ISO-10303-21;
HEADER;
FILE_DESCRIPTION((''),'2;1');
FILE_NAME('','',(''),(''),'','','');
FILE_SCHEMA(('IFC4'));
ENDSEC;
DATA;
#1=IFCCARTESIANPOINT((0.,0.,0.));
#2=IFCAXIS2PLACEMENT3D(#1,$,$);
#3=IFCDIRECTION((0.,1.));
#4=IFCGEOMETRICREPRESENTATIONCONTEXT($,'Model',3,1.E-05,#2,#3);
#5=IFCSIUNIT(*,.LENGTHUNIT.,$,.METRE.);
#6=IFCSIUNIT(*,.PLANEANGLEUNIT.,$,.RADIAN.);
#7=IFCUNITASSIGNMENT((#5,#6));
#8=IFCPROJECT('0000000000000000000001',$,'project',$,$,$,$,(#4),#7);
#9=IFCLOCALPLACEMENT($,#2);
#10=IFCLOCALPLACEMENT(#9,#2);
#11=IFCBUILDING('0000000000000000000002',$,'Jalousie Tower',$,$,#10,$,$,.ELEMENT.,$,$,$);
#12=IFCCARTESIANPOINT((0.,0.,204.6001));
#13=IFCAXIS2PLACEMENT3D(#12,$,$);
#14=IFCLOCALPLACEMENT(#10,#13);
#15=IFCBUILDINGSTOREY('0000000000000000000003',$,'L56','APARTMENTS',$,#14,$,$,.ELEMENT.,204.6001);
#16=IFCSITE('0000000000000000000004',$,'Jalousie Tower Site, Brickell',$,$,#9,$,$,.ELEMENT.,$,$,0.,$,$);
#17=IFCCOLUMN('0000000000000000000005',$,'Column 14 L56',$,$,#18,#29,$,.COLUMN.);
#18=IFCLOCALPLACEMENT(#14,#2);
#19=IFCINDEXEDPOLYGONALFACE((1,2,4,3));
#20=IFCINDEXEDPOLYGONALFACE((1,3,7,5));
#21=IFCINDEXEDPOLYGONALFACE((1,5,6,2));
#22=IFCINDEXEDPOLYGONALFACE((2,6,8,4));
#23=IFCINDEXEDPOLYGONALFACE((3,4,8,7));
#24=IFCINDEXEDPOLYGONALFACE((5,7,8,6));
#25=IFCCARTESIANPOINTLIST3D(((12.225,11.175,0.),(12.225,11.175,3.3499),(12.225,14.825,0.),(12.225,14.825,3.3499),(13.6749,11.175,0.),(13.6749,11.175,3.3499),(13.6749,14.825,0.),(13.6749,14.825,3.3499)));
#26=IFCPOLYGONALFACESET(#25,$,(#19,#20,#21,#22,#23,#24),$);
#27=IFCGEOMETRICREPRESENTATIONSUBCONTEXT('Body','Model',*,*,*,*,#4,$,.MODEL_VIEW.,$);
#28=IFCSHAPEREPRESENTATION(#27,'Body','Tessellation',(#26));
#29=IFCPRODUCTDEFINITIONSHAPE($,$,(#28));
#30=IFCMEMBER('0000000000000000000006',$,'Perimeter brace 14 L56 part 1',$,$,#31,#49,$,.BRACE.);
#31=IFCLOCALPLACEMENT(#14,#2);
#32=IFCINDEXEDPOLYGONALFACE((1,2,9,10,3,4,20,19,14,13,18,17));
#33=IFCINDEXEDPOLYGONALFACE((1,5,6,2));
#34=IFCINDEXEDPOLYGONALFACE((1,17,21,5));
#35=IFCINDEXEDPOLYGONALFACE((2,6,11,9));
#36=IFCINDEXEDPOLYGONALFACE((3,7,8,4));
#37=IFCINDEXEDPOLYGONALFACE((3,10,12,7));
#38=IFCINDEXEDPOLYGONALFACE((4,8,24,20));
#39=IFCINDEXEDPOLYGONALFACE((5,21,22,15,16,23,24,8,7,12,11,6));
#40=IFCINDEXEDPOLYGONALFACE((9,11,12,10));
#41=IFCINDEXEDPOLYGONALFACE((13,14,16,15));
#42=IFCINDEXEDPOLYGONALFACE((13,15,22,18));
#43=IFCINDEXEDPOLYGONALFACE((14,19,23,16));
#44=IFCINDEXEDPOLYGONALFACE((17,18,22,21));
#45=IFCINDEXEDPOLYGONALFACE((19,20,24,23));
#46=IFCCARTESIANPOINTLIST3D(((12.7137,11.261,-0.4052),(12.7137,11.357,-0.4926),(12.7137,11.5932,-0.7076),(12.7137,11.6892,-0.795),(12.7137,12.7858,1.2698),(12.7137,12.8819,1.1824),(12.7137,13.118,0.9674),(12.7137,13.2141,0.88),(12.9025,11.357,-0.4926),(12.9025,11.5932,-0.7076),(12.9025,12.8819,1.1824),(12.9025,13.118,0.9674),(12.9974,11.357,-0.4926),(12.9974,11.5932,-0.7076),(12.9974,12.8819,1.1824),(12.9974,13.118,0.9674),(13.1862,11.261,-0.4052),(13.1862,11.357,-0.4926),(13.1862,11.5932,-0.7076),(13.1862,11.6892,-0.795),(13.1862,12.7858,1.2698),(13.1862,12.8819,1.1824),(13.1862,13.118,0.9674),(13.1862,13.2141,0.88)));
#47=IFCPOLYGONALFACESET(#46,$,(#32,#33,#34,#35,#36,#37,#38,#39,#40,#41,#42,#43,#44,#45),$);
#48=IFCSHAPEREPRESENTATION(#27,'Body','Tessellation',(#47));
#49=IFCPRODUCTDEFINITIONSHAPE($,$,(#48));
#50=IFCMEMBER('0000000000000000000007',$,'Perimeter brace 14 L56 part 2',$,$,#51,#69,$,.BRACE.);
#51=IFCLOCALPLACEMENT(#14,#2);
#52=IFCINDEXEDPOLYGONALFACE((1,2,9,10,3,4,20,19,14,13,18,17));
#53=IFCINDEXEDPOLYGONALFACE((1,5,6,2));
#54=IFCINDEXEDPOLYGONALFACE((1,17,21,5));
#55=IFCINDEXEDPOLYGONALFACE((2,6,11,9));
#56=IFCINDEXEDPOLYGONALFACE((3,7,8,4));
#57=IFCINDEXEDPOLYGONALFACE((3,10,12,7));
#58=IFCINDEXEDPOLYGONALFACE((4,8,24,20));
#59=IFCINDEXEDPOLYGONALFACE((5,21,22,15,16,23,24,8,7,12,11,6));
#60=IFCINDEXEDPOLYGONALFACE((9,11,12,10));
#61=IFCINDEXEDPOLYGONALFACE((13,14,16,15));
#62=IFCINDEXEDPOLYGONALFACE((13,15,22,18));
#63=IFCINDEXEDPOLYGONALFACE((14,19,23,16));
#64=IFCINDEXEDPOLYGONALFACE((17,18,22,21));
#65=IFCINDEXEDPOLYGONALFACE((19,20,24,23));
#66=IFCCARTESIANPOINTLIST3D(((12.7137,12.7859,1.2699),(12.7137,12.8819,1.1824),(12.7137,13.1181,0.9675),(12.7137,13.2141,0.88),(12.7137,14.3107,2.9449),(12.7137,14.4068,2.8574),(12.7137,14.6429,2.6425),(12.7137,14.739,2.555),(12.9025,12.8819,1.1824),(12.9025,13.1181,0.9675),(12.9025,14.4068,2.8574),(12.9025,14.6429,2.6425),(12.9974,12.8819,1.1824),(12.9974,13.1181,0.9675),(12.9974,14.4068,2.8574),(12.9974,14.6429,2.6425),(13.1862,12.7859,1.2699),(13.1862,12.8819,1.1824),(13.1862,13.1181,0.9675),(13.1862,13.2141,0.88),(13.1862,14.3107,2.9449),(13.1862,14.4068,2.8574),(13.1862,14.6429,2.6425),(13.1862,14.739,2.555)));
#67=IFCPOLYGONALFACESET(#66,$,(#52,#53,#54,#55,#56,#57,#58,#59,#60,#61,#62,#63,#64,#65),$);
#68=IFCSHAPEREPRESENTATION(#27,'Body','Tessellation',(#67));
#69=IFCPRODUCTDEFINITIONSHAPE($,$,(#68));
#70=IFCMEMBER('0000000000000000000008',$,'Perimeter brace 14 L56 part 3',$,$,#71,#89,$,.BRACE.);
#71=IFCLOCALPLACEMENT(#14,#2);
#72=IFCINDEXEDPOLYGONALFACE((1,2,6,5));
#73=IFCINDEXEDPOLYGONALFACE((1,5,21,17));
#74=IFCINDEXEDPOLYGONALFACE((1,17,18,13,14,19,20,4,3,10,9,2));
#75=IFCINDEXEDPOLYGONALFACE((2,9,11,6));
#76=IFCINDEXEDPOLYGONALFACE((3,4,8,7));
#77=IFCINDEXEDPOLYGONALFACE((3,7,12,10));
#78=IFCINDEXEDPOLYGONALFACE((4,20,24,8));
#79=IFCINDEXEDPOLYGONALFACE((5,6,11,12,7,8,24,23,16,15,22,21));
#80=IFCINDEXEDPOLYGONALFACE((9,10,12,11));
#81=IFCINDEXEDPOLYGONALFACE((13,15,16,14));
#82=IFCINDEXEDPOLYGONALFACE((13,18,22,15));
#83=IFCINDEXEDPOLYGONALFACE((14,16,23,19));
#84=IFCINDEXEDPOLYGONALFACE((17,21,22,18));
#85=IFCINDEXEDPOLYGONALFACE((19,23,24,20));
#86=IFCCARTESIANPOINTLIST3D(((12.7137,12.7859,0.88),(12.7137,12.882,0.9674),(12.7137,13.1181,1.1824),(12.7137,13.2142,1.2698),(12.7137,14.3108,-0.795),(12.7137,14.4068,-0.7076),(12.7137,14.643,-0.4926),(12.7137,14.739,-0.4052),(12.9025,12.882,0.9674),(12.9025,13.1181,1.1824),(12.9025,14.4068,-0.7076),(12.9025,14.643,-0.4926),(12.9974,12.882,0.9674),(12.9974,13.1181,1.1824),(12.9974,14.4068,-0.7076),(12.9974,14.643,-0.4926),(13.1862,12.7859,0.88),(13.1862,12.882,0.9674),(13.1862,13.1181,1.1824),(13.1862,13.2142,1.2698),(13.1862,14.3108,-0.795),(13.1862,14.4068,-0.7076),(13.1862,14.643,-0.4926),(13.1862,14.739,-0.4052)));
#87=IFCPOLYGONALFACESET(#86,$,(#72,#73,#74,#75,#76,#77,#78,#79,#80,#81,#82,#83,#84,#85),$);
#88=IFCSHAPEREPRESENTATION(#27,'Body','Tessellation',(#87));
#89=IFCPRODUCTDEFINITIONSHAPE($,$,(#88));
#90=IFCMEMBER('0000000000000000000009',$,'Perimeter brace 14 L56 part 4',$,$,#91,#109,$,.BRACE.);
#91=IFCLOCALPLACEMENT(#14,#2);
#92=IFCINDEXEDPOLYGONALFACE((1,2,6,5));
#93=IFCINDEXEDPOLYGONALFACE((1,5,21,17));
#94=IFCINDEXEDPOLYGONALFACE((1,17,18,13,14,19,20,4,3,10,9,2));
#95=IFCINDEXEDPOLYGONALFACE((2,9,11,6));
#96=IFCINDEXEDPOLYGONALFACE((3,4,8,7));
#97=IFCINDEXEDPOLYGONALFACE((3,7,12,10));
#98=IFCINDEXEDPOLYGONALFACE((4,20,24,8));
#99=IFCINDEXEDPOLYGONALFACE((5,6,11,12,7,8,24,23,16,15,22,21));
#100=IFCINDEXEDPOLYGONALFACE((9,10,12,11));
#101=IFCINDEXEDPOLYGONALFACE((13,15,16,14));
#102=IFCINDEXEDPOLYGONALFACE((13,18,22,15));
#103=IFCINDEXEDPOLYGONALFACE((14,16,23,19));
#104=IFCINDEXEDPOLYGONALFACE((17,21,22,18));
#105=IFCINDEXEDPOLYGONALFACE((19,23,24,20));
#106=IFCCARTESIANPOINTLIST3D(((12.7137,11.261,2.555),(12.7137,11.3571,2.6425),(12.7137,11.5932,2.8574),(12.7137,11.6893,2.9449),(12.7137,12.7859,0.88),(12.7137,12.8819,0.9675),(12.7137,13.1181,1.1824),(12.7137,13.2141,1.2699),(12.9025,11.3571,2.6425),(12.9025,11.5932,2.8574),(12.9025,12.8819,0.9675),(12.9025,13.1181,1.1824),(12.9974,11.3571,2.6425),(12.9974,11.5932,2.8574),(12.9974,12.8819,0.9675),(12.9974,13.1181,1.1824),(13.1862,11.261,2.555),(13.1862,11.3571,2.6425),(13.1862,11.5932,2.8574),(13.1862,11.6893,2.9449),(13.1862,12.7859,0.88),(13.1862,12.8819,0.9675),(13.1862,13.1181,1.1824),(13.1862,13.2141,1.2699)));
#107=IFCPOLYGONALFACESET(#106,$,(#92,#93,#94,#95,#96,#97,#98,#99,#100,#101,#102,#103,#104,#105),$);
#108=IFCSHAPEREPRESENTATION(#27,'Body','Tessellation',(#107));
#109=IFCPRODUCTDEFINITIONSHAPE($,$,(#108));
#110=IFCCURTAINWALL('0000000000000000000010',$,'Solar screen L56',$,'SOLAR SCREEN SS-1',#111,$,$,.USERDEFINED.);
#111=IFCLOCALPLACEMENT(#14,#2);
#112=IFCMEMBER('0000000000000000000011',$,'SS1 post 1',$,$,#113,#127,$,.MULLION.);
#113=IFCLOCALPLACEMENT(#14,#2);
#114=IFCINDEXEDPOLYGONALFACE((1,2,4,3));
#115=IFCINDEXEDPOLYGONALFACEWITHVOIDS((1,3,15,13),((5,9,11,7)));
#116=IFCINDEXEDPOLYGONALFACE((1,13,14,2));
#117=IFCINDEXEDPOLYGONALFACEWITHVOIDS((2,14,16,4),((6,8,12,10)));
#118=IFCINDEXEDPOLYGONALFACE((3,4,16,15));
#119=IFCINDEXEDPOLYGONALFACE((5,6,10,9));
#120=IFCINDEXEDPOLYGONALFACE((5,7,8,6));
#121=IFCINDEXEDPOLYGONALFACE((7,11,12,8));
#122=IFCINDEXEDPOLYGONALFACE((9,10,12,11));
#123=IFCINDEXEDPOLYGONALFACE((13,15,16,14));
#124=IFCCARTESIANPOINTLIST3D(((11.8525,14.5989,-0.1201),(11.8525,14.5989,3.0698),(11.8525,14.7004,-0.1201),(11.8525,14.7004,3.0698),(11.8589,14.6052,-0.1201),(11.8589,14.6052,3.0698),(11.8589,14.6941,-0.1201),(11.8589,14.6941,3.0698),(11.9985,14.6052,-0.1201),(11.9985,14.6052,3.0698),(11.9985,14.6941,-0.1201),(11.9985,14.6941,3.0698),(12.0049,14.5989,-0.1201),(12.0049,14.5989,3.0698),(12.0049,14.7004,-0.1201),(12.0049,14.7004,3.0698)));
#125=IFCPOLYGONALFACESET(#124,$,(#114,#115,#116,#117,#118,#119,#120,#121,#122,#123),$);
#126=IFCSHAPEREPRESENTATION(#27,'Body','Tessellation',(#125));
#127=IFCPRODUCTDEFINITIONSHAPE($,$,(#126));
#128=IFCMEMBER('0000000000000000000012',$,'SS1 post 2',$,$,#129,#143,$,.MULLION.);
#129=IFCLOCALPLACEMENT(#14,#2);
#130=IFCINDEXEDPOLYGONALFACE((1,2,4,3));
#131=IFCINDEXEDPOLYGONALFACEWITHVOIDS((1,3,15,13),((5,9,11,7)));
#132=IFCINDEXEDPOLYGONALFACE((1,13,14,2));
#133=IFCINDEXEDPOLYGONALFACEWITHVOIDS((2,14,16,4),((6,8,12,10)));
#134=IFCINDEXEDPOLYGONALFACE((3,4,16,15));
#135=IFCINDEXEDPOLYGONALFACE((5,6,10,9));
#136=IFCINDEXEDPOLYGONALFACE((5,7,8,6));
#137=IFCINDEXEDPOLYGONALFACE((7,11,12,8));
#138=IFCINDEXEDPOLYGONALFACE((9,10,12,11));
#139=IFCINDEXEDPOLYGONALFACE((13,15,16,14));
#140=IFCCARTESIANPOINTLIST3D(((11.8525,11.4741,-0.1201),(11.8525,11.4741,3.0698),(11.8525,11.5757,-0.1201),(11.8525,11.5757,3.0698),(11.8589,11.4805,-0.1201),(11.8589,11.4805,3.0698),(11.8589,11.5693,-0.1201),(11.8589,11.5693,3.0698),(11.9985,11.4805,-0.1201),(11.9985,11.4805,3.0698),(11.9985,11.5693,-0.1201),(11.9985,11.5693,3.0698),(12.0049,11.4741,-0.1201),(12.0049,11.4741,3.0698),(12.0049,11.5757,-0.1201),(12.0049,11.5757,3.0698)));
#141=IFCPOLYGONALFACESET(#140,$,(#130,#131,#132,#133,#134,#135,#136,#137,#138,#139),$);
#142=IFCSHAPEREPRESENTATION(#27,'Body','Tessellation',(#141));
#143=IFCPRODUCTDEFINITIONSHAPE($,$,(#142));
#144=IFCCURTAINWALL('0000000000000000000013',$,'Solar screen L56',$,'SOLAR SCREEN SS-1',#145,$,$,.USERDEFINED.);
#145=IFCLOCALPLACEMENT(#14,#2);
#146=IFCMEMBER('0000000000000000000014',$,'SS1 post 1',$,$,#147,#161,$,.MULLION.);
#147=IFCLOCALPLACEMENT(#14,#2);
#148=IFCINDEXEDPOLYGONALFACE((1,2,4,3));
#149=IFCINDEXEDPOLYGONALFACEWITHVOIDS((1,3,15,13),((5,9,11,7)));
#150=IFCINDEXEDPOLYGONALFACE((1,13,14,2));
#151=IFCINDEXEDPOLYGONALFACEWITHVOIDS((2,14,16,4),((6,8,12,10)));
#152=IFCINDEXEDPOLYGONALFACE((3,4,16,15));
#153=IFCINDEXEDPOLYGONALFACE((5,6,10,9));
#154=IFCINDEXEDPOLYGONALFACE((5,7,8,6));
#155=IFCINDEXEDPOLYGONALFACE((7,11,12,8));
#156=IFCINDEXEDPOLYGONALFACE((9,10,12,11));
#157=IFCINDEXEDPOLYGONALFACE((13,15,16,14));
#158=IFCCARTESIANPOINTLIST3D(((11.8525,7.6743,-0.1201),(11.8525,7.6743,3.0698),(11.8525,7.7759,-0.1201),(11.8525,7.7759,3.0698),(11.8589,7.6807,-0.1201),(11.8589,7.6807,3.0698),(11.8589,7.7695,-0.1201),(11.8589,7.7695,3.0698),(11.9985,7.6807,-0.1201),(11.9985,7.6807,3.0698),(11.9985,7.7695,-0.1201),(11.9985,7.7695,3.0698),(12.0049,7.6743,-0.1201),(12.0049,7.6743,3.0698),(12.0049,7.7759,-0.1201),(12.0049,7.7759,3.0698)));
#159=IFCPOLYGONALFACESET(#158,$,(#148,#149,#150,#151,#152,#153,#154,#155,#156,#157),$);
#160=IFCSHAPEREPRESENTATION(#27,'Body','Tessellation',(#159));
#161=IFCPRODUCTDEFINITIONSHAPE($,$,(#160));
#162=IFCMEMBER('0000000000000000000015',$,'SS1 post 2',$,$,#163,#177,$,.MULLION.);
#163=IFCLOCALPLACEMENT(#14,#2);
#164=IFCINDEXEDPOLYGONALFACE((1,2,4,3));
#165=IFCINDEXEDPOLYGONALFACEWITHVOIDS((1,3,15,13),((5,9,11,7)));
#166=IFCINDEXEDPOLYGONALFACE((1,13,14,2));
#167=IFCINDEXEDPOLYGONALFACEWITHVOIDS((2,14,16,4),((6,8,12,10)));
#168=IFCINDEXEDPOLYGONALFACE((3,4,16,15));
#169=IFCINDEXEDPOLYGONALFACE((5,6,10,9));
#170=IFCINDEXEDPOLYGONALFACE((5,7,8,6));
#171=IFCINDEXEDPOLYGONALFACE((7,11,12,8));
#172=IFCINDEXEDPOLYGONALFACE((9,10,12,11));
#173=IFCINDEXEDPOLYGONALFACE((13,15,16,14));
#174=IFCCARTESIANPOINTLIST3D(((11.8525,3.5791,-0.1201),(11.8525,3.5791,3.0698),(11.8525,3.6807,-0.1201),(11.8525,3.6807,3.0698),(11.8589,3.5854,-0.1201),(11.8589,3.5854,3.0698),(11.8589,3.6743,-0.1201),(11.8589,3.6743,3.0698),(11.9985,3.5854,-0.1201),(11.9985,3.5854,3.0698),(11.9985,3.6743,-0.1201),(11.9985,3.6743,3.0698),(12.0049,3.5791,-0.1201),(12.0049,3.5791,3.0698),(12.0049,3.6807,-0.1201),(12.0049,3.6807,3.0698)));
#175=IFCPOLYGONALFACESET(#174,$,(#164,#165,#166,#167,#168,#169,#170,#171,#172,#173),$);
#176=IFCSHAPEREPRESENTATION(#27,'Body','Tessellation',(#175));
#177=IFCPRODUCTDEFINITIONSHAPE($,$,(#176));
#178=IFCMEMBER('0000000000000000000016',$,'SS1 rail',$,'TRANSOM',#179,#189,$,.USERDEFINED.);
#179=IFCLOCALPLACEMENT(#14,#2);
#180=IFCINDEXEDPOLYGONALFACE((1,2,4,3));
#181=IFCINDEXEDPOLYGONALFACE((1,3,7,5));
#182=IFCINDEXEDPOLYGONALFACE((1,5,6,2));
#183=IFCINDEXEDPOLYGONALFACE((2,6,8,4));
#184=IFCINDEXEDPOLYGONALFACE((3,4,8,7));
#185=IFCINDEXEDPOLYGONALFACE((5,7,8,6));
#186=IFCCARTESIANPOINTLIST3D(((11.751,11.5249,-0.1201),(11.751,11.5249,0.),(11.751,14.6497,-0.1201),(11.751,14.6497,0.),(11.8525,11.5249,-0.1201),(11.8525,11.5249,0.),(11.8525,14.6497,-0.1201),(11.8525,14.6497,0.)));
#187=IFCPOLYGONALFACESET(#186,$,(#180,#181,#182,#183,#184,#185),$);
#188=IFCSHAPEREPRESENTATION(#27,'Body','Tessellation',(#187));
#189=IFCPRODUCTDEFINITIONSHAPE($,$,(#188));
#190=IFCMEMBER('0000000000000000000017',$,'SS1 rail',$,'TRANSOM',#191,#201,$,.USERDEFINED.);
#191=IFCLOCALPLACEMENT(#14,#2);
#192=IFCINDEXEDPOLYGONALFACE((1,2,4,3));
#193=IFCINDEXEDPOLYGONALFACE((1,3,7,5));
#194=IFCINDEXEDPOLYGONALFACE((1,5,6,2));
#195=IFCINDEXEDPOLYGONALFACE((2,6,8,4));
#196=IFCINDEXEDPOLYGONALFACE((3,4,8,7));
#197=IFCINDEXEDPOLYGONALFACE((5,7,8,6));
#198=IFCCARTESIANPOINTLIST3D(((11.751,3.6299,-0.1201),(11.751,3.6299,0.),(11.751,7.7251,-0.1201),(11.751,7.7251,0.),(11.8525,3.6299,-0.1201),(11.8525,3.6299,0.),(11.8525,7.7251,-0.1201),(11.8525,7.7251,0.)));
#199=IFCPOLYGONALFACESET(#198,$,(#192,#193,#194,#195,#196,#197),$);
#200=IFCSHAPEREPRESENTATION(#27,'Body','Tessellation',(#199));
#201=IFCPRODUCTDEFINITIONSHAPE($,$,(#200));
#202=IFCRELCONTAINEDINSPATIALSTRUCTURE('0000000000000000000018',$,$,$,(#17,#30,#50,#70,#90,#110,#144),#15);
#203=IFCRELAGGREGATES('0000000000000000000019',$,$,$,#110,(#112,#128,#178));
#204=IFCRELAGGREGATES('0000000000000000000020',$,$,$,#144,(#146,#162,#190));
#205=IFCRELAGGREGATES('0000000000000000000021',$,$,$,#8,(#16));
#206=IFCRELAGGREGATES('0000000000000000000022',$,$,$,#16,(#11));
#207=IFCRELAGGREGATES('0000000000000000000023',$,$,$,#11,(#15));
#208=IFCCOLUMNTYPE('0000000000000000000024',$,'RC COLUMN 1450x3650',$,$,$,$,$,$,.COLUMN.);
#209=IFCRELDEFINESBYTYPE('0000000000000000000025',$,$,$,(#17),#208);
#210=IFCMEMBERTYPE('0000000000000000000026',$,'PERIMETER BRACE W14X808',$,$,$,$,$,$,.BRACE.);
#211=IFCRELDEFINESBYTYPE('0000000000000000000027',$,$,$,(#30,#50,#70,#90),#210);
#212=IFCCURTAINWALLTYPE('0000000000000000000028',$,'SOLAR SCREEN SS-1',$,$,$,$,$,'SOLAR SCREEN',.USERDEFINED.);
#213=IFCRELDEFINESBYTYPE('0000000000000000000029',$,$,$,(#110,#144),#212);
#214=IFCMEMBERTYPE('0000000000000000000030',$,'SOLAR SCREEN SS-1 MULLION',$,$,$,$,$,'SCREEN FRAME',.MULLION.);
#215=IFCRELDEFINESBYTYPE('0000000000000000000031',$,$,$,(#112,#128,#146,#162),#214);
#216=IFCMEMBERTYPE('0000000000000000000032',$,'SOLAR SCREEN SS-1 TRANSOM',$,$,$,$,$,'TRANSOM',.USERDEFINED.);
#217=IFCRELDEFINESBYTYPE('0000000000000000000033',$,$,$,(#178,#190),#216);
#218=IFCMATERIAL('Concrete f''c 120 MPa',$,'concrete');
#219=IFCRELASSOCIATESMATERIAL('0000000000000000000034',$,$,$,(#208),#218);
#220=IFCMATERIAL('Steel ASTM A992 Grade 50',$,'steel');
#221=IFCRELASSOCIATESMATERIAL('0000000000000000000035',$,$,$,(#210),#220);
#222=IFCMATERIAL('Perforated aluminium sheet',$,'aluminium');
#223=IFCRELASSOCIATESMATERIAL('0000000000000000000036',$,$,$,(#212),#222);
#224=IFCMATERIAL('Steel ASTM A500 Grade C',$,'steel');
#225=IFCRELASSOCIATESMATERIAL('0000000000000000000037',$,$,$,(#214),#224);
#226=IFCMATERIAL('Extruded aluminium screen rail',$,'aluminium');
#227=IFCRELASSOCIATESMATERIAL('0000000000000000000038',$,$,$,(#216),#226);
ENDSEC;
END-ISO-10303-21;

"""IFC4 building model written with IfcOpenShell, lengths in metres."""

from ifc_helpers import new_model, si_unit, direction, frame, origin, origin_2d, place, context, subcontext, project, spatial, rectangle, hollow_rectangle, i_section, extrude, material, material_profile, profile_set, type_object, element, aggregate, save


model = new_model("IFC4")

# Units and contexts
model_context = context("Model", 3, precision=1e-05, world=origin(), true_north=direction((0.0, 1.0)))
body_context = subcontext(model_context, "Body", "Model", "MODEL_VIEW")
ifc_project = project(units=[si_unit("LENGTHUNIT", "METRE"), si_unit("PLANEANGLEUNIT", "RADIAN")], contexts=[model_context])

# Site, building, storey
site_placement = place(None, origin())
site = spatial("IfcSite", under=ifc_project, at=site_placement, Name="Jalousie Tower Site, Brickell", CompositionType="ELEMENT", RefElevation=0.0)
building_placement = place(site_placement, origin())
building = spatial("IfcBuilding", under=site, at=building_placement, Name="Jalousie Tower", CompositionType="ELEMENT")
storey_placement = place(building_placement, frame((0.0, 0.0, 204.6001)))
storey = spatial("IfcBuildingStorey", under=building, at=storey_placement, Name="L56", Description="APARTMENTS", CompositionType="ELEMENT", Elevation=204.6001)

# Column
ifc_material_1 = material(Name="Concrete f'c 120 MPa", Category="concrete")
ifc_material_profile_1 = material_profile(ifc_material_1, rectangle(XDim=1.45, YDim=3.6499, at=origin_2d()), Name="RC 1450x3650")
ifc_profile_set_1 = profile_set([ifc_material_profile_1], Name="Concrete f'c 120 MPa")
column_type = type_object("IfcColumnType", Name="RC COLUMN 1450x3650", PredefinedType="COLUMN", material=ifc_profile_set_1)
column_placement = place(storey_placement, frame((12.95, 13.0, 0.0), z_axis=(0.0, 0.0, 1.0), x_axis=(1.0, 0.0, 0.0)))
element("IfcColumn", 1, at=column_placement, inside=storey, type_object=column_type, Name="Column 14 L56", PredefinedType="COLUMN", context=body_context, shape_type="SweptSolid", body=[
    extrude(rectangle(XDim=1.45, YDim=3.6499, at=origin_2d()), origin(), (0.0, 0.0, 1.0), 3.3499),
])

# Members
ifc_material_2 = material(Name="Steel ASTM A992 Grade 50", Category="steel")
ifc_material_profile_2 = material_profile(ifc_material_2, i_section(OverallWidth=0.4724, OverallDepth=0.5791, WebThickness=0.095, FlangeThickness=0.1299, at=origin_2d()), Name="W14X808")
ifc_profile_set_2 = profile_set([ifc_material_profile_2], Name="Steel ASTM A992 Grade 50")
member_type_1 = type_object("IfcMemberType", Name="PERIMETER BRACE W14X808", PredefinedType="BRACE", material=ifc_profile_set_2)
for number, where, z_axis, x_axis, name in (
    (2, (12.95, 11.4751, -0.6001), (0.0, 0.673188, 0.739472), (-1.0, 0.0, 0.0), "Perimeter brace 14 L56 part 1"),
    (3, (12.95, 13.0, 1.075), (0.0, 0.673188, 0.739472), (-1.0, 0.0, 0.0), "Perimeter brace 14 L56 part 2"),
    (4, (12.95, 14.5249, -0.6001), (0.0, -0.673188, 0.739472), (1.0, 0.0, 0.0), "Perimeter brace 14 L56 part 3"),
    (5, (12.95, 13.0, 1.075), (0.0, -0.673188, 0.739472), (1.0, 0.0, 0.0), "Perimeter brace 14 L56 part 4"),
):
    element("IfcMember", number, at=place(storey_placement, frame(where, z_axis=z_axis, x_axis=x_axis)), inside=storey, type_object=member_type_1, Name=name, PredefinedType="BRACE", context=body_context, shape_type="SweptSolid", body=[
        extrude(i_section(OverallWidth=0.4724, OverallDepth=0.5791, WebThickness=0.095, FlangeThickness=0.1299, at=origin_2d()), origin(), (0.0, 0.0, 1.0), 2.2651),
    ])

# Curtain walls, members
ifc_material_3 = material(Name="Perforated aluminium sheet", Category="aluminium")
curtain_wall_type = type_object("IfcCurtainWallType", Name="SOLAR SCREEN SS-1", ElementType="SOLAR SCREEN", PredefinedType="USERDEFINED", material=ifc_material_3)
curtain_wall_1_placement = place(storey_placement, origin())
curtain_wall_1 = element("IfcCurtainWall", 6, at=curtain_wall_1_placement, inside=storey, type_object=curtain_wall_type, Name="Solar screen L56", ObjectType="SOLAR SCREEN SS-1", PredefinedType="USERDEFINED")
ifc_material_4 = material(Name="Steel ASTM A500 Grade C", Category="steel")
ifc_material_profile_3 = material_profile(ifc_material_4, hollow_rectangle(XDim=0.1016, YDim=0.1523, WallThickness=0.0063, at=origin_2d()), Name="HSS6X4X1/4")
ifc_profile_set_3 = profile_set([ifc_material_profile_3], Name="Steel ASTM A500 Grade C")
member_type_2 = type_object("IfcMemberType", Name="SOLAR SCREEN SS-1 MULLION", ElementType="SCREEN FRAME", PredefinedType="MULLION", material=ifc_profile_set_3)
member_1_placement = place(storey_placement, frame((11.9287, 14.6497, -0.1201), z_axis=(0.0, 0.0, 1.0), x_axis=(0.0, -1.0, 0.0)))
member_1 = element("IfcMember", 7, at=member_1_placement, type_object=member_type_2, Name="SS1 post 1", PredefinedType="MULLION", context=body_context, shape_type="SweptSolid", body=[
    extrude(hollow_rectangle(XDim=0.1016, YDim=0.1523, WallThickness=0.0063, at=origin_2d()), origin(), (0.0, 0.0, 1.0), 3.1899),
])
member_2_placement = place(storey_placement, frame((11.9287, 11.5249, -0.1201), z_axis=(0.0, 0.0, 1.0), x_axis=(0.0, -1.0, 0.0)))
member_2 = element("IfcMember", 8, at=member_2_placement, type_object=member_type_2, Name="SS1 post 2", PredefinedType="MULLION", context=body_context, shape_type="SweptSolid", body=[
    extrude(hollow_rectangle(XDim=0.1016, YDim=0.1523, WallThickness=0.0063, at=origin_2d()), origin(), (0.0, 0.0, 1.0), 3.1899),
])
curtain_wall_2_placement = place(storey_placement, origin())
curtain_wall_2 = element("IfcCurtainWall", 9, at=curtain_wall_2_placement, inside=storey, type_object=curtain_wall_type, Name="Solar screen L56", ObjectType="SOLAR SCREEN SS-1", PredefinedType="USERDEFINED")
member_3_placement = place(storey_placement, frame((11.9287, 7.7251, -0.1201), z_axis=(0.0, 0.0, 1.0), x_axis=(0.0, -1.0, 0.0)))
member_3 = element("IfcMember", 10, at=member_3_placement, type_object=member_type_2, Name="SS1 post 1", PredefinedType="MULLION", context=body_context, shape_type="SweptSolid", body=[
    extrude(hollow_rectangle(XDim=0.1016, YDim=0.1523, WallThickness=0.0063, at=origin_2d()), origin(), (0.0, 0.0, 1.0), 3.1899),
])
member_4_placement = place(storey_placement, frame((11.9287, 3.6299, -0.1201), z_axis=(0.0, 0.0, 1.0), x_axis=(0.0, -1.0, 0.0)))
member_4 = element("IfcMember", 11, at=member_4_placement, type_object=member_type_2, Name="SS1 post 2", PredefinedType="MULLION", context=body_context, shape_type="SweptSolid", body=[
    extrude(hollow_rectangle(XDim=0.1016, YDim=0.1523, WallThickness=0.0063, at=origin_2d()), origin(), (0.0, 0.0, 1.0), 3.1899),
])

# Members
ifc_material_5 = material(Name="Extruded aluminium screen rail", Category="aluminium")
ifc_material_profile_4 = material_profile(ifc_material_5, rectangle(XDim=0.1016, YDim=0.1201, at=origin_2d()), Name="RAIL 102x120")
ifc_profile_set_4 = profile_set([ifc_material_profile_4], Name="Extruded aluminium screen rail")
member_type_3 = type_object("IfcMemberType", Name="SOLAR SCREEN SS-1 TRANSOM", ElementType="TRANSOM", PredefinedType="USERDEFINED", material=ifc_profile_set_4)
member_5_placement = place(storey_placement, frame((11.8018, 14.6497, -0.0601), z_axis=(0.0, -1.0, 0.0), x_axis=(1.0, 0.0, 0.0)))
member_5 = element("IfcMember", 12, at=member_5_placement, type_object=member_type_3, Name="SS1 rail", ObjectType="TRANSOM", PredefinedType="USERDEFINED", context=body_context, shape_type="SweptSolid", body=[
    extrude(rectangle(XDim=0.1016, YDim=0.1201, at=origin_2d()), origin(), (0.0, 0.0, 1.0), 3.1248),
])
member_6_placement = place(storey_placement, frame((11.8018, 7.7251, -0.0601), z_axis=(0.0, -1.0, 0.0), x_axis=(1.0, 0.0, 0.0)))
member_6 = element("IfcMember", 13, at=member_6_placement, type_object=member_type_3, Name="SS1 rail", ObjectType="TRANSOM", PredefinedType="USERDEFINED", context=body_context, shape_type="SweptSolid", body=[
    extrude(rectangle(XDim=0.1016, YDim=0.1201, at=origin_2d()), origin(), (0.0, 0.0, 1.0), 4.0952),
])

aggregate(curtain_wall_1, [member_1, member_2, member_5])
aggregate(curtain_wall_2, [member_3, member_4, member_6])

save(model, "model.ifc")
